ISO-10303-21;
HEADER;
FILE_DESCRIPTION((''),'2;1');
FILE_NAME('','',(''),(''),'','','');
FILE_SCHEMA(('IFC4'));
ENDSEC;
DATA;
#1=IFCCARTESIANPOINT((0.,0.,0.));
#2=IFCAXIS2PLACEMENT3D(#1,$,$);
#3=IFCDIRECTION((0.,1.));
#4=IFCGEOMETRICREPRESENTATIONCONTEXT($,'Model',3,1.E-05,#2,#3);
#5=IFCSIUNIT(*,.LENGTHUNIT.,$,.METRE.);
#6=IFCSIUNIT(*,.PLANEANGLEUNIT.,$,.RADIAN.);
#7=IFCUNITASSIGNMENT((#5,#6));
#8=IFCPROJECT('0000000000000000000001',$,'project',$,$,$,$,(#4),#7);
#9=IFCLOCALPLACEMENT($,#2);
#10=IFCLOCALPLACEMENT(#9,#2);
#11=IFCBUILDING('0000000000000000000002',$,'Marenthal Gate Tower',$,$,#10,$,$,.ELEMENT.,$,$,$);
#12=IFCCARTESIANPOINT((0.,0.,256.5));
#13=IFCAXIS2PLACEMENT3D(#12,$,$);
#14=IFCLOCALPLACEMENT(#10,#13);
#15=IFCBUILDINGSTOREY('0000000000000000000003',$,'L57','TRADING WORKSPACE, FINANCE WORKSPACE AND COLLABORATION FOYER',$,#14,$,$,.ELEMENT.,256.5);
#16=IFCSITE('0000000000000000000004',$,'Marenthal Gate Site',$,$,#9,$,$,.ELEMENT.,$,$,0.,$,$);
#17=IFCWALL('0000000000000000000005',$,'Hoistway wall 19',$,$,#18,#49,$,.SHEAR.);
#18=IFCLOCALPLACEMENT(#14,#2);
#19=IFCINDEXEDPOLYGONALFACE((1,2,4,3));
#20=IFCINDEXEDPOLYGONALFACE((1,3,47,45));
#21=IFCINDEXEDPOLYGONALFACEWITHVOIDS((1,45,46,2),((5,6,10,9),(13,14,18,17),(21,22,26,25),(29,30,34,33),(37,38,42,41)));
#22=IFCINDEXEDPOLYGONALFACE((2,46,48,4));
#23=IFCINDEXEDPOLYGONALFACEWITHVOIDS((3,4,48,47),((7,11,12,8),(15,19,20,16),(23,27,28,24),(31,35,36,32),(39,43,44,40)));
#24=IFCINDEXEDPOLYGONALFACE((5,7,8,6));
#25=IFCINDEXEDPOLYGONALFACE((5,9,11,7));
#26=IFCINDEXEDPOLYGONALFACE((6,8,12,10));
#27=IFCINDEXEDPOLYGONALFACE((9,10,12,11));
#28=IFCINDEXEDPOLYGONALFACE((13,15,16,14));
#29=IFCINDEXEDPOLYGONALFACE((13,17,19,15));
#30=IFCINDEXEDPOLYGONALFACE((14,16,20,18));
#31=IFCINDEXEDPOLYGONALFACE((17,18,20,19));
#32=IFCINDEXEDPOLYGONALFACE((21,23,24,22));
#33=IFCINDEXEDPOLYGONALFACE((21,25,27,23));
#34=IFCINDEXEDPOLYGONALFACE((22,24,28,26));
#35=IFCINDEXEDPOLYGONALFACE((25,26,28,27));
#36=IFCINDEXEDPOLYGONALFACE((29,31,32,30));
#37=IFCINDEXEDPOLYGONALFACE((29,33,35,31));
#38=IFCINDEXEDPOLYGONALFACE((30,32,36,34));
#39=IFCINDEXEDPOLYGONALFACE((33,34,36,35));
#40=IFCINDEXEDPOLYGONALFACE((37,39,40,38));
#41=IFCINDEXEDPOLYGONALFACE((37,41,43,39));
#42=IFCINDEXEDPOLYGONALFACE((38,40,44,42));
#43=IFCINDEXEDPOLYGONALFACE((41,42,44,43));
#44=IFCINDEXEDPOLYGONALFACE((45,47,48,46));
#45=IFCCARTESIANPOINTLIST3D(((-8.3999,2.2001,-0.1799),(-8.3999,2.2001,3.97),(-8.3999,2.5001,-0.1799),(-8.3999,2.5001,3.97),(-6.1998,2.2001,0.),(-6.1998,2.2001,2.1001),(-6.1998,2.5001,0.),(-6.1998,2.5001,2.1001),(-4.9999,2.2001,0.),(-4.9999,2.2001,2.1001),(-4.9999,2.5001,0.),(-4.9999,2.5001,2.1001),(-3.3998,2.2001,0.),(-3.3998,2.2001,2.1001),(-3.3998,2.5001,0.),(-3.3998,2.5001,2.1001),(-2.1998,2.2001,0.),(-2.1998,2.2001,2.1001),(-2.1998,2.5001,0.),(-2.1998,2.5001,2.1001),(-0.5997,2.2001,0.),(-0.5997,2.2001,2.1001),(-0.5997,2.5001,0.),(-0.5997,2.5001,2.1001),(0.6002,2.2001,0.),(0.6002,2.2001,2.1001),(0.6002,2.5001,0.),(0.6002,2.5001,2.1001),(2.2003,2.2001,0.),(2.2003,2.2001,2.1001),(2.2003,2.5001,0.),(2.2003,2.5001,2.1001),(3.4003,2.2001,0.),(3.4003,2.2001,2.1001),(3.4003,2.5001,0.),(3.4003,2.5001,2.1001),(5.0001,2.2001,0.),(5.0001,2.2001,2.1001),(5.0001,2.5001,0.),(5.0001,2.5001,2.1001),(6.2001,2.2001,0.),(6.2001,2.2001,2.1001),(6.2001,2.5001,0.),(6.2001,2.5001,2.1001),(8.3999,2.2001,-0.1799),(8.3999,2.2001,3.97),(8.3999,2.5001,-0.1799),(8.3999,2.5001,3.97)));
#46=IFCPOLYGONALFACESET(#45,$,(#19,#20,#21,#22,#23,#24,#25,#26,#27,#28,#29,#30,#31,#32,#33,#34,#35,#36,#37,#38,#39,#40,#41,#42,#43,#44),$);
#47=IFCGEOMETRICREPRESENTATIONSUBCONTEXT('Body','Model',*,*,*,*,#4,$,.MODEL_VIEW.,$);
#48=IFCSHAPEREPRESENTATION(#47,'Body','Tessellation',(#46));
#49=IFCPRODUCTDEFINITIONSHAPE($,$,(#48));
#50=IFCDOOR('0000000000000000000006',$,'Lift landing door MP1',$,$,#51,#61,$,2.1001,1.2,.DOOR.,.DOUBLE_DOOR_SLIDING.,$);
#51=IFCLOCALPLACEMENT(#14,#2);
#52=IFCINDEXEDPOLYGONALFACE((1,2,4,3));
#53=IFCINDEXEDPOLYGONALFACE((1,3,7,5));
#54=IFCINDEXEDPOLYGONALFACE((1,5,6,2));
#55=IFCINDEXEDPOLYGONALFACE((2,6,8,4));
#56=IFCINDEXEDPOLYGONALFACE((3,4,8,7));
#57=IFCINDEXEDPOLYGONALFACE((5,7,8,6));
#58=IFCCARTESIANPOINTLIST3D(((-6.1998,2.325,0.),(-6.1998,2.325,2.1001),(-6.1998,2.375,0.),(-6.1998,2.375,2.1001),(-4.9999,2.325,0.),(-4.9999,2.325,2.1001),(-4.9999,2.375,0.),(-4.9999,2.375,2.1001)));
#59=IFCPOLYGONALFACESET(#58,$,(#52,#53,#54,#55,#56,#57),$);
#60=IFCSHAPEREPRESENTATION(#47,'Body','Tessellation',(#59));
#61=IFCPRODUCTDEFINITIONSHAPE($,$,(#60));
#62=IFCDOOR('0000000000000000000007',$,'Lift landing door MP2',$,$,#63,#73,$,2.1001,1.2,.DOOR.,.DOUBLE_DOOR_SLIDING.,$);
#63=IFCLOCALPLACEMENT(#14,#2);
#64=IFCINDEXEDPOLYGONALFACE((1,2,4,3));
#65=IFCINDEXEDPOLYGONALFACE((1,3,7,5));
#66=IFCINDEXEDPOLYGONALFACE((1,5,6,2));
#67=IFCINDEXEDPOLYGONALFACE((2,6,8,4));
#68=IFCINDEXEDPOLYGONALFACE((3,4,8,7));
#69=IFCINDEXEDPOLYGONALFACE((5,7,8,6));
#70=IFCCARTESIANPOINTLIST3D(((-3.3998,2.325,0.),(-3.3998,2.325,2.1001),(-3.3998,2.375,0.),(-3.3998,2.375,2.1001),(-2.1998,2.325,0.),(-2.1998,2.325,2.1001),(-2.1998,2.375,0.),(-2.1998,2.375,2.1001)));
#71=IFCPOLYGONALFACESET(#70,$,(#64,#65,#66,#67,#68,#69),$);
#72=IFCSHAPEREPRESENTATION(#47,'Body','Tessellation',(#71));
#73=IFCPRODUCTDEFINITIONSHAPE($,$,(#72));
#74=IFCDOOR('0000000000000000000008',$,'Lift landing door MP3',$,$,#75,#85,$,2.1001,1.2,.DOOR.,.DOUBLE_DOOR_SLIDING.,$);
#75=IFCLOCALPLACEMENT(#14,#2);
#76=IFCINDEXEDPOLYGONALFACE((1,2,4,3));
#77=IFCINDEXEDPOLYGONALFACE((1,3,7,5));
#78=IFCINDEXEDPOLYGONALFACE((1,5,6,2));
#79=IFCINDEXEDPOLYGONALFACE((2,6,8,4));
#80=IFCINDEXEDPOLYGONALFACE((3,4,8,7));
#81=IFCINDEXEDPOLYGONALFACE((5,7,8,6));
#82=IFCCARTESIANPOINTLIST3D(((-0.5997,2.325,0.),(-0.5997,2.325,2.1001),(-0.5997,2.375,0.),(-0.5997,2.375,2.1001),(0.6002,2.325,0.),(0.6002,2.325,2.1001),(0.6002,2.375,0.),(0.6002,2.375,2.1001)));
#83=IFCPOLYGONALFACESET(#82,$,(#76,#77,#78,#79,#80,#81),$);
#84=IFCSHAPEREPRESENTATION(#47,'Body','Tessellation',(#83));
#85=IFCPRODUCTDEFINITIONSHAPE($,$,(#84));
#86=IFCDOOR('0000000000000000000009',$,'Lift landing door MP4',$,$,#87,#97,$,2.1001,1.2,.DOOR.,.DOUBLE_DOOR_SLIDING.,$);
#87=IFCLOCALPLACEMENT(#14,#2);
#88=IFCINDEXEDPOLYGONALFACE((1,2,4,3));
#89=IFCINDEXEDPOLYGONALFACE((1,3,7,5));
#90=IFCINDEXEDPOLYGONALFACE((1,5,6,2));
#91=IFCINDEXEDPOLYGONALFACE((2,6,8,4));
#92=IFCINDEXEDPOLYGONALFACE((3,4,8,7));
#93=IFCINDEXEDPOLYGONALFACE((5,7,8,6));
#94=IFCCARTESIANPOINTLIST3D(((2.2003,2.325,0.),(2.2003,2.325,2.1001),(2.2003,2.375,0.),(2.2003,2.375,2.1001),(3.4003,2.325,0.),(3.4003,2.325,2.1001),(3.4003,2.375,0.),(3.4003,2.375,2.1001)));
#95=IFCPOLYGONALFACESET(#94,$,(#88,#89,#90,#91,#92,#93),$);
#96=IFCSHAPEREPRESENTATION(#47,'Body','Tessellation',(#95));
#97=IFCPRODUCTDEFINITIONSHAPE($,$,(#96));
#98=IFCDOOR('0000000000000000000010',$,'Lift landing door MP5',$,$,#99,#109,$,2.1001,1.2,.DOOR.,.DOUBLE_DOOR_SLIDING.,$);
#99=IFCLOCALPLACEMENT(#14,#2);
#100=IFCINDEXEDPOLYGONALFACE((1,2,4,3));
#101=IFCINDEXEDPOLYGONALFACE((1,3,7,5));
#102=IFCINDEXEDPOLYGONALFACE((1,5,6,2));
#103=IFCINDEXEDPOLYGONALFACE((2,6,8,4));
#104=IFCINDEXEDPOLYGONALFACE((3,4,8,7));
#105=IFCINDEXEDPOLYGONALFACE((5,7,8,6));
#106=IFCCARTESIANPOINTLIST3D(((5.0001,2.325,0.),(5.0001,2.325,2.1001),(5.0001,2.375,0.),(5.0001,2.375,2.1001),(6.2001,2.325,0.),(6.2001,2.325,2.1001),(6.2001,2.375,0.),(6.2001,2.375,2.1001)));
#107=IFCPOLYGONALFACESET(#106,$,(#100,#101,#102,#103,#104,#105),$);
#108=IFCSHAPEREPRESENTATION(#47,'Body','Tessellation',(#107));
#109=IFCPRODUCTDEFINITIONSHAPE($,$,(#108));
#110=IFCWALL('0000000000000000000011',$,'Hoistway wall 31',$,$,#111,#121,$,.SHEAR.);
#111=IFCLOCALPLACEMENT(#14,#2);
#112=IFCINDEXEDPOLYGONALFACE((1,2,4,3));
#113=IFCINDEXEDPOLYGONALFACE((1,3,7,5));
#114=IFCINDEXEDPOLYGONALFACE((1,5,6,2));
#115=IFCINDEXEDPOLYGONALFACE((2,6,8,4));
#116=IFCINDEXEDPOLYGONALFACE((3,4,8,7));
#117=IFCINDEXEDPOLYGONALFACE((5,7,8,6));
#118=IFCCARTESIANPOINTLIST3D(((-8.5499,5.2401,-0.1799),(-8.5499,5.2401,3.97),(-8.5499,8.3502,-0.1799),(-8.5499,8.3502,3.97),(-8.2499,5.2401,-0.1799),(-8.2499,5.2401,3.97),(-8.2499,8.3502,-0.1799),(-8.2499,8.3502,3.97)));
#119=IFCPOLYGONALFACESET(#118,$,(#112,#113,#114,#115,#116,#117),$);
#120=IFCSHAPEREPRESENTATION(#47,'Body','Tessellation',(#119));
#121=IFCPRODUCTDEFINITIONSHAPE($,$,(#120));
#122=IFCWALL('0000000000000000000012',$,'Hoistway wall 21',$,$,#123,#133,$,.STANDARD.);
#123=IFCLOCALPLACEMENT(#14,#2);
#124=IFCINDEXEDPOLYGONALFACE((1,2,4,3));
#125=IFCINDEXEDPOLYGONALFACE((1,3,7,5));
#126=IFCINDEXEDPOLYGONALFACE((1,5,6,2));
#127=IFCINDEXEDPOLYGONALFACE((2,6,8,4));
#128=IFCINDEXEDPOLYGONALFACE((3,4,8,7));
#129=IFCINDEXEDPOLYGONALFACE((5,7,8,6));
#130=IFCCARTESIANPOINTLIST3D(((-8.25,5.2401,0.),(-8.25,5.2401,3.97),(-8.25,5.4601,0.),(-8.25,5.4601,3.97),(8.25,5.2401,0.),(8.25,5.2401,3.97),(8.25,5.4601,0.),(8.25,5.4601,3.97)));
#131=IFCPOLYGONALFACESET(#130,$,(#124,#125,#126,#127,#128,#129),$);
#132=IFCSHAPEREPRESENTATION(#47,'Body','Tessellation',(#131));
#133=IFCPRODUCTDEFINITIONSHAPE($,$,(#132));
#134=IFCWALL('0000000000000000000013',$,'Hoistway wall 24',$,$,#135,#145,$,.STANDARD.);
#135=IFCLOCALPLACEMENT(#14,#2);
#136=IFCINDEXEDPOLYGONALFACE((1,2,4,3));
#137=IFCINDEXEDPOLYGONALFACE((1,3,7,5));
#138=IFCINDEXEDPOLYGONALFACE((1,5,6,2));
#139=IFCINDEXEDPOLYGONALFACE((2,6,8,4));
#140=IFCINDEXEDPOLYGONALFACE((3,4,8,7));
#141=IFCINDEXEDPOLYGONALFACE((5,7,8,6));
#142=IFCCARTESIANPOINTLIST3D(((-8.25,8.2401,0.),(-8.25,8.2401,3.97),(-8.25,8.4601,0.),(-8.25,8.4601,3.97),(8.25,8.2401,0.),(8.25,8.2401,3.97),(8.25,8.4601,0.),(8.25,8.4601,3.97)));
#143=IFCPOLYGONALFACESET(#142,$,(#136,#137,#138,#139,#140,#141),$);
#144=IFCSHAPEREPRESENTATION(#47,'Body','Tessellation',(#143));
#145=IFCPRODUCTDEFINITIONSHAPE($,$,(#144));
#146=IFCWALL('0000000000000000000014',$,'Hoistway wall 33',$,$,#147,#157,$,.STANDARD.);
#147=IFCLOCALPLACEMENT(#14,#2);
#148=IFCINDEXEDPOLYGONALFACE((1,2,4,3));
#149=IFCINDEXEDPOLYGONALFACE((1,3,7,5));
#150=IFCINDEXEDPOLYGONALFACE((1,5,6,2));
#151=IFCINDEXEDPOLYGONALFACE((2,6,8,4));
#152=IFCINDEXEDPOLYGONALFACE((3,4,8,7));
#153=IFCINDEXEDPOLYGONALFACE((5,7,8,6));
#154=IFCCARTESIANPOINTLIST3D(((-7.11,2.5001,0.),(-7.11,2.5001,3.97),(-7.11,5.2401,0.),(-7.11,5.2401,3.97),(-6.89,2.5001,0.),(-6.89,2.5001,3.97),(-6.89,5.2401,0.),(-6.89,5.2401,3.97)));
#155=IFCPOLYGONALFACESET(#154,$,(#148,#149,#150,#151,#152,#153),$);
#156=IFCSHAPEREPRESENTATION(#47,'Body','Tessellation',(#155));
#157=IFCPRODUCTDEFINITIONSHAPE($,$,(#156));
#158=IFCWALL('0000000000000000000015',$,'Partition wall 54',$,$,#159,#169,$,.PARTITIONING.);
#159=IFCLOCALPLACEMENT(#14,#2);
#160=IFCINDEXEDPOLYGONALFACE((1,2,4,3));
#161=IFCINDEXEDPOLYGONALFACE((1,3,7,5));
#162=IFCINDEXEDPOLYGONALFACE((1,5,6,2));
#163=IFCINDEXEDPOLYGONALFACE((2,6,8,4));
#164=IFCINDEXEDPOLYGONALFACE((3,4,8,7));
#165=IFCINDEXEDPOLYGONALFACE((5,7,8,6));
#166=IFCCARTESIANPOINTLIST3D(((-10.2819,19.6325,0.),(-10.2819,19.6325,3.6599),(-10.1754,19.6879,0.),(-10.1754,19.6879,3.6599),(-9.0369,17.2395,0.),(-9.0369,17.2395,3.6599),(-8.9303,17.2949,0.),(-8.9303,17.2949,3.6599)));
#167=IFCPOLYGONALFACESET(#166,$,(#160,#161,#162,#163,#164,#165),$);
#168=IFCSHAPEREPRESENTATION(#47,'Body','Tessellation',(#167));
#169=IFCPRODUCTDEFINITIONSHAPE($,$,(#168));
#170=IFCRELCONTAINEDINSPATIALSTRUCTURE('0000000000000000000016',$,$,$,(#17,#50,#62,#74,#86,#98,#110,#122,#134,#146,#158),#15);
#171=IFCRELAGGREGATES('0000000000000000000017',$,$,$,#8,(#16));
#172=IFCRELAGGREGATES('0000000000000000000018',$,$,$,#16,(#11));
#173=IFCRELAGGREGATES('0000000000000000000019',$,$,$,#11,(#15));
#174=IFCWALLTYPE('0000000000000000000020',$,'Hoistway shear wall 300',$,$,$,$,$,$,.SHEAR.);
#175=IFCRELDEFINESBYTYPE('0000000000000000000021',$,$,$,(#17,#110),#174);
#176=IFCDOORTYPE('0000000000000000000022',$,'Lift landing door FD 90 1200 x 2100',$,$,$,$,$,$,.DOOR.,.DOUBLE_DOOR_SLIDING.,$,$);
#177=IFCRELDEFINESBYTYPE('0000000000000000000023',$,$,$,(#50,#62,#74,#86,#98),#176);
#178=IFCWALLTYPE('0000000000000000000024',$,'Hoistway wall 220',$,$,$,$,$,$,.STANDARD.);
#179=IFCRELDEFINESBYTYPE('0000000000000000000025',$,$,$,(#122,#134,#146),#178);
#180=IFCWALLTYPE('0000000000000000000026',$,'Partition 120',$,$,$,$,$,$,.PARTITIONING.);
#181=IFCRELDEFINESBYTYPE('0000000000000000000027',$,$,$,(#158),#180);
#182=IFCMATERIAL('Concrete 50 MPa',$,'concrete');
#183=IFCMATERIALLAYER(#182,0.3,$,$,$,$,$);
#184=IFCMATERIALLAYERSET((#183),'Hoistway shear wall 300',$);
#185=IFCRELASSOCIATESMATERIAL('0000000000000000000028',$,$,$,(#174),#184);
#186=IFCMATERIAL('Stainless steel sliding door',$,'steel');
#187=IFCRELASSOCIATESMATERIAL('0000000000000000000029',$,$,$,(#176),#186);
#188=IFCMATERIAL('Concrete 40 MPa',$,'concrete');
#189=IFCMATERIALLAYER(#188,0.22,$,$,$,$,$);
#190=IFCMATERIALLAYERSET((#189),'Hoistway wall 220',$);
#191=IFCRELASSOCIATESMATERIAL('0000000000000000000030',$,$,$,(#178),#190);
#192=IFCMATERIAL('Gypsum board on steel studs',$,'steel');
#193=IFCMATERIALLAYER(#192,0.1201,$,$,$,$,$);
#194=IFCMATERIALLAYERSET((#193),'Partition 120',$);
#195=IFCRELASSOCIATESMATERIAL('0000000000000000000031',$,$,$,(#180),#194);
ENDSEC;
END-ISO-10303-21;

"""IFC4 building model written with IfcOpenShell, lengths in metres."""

from ifc_helpers import new_model, si_unit, direction, frame, frame_2d, origin, place, context, subcontext, project, spatial, rectangle, extrude, material, layer, layer_set, type_object, element, fill, save


model = new_model("IFC4")

# Units and contexts
model_context = context("Model", 3, precision=1e-05, world=origin(), true_north=direction((0.0, 1.0)))
body_context = subcontext(model_context, "Body", "Model", "MODEL_VIEW")
ifc_project = project(units=[si_unit("LENGTHUNIT", "METRE"), si_unit("PLANEANGLEUNIT", "RADIAN")], contexts=[model_context])

# Site, building, storey
site_placement = place(None, origin())
site = spatial("IfcSite", under=ifc_project, at=site_placement, Name="Marenthal Gate Site", CompositionType="ELEMENT", RefElevation=0.0)
building_placement = place(site_placement, origin())
building = spatial("IfcBuilding", under=site, at=building_placement, Name="Marenthal Gate Tower", CompositionType="ELEMENT")
storey_placement = place(building_placement, frame((0.0, 0.0, 256.5)))
storey = spatial("IfcBuildingStorey", under=building, at=storey_placement, Name="L57", Description="TRADING WORKSPACE, FINANCE WORKSPACE AND COLLABORATION FOYER", CompositionType="ELEMENT", Elevation=256.5)

# Wall, openings, doors
ifc_material_1 = material(Name="Concrete 50 MPa", Category="concrete")
ifc_layer_1 = layer(ifc_material_1, 0.3)
ifc_layer_set_1 = layer_set([ifc_layer_1], Name="Hoistway shear wall 300")
wall_type_1 = type_object("IfcWallType", Name="Hoistway shear wall 300", PredefinedType="SHEAR", material=ifc_layer_set_1)
wall_1_placement = place(storey_placement, frame((-8.3999, 2.3501, -0.1799), z_axis=(0.0, 0.0, 1.0), x_axis=(1.0, 0.0, 0.0)))
wall_1 = element("IfcWall", 1, at=wall_1_placement, inside=storey, type_object=wall_type_1, Name="Hoistway wall 19", PredefinedType="SHEAR", context=body_context, shape_type="SweptSolid", body=[
    extrude(rectangle(XDim=16.7998, YDim=0.3, at=frame_2d((8.3999, 0.0))), origin(), (0.0, 0.0, 1.0), 4.1499),
])
opening_1_placement = place(wall_1_placement, frame((2.2, 0.0, 0.1799)))
opening_1 = element("IfcOpeningElement", 2, at=opening_1_placement, cuts=wall_1, PredefinedType="OPENING", context=body_context, shape_type="SweptSolid", body=[
    extrude(rectangle(XDim=1.2, YDim=2.1001, at=frame_2d((0.6001, 1.05))), frame((0.0, 0.1602, 0.0), z_axis=(0.0, -1.0, 0.0), x_axis=(1.0, 0.0, 0.0)), (0.0, 0.0, 1.0), 0.3201),
])
opening_2_placement = place(wall_1_placement, frame((5.0, 0.0, 0.1799)))
opening_2 = element("IfcOpeningElement", 3, at=opening_2_placement, cuts=wall_1, PredefinedType="OPENING", context=body_context, shape_type="SweptSolid", body=[
    extrude(rectangle(XDim=1.2, YDim=2.1001, at=frame_2d((0.6001, 1.05))), frame((0.0, 0.1602, 0.0), z_axis=(0.0, -1.0, 0.0), x_axis=(1.0, 0.0, 0.0)), (0.0, 0.0, 1.0), 0.3201),
])
opening_3_placement = place(wall_1_placement, frame((7.8, 0.0, 0.1799)))
opening_3 = element("IfcOpeningElement", 4, at=opening_3_placement, cuts=wall_1, PredefinedType="OPENING", context=body_context, shape_type="SweptSolid", body=[
    extrude(rectangle(XDim=1.2, YDim=2.1001, at=frame_2d((0.6001, 1.05))), frame((0.0, 0.1602, 0.0), z_axis=(0.0, -1.0, 0.0), x_axis=(1.0, 0.0, 0.0)), (0.0, 0.0, 1.0), 0.3201),
])
opening_4_placement = place(wall_1_placement, frame((10.6001, 0.0, 0.1799)))
opening_4 = element("IfcOpeningElement", 5, at=opening_4_placement, cuts=wall_1, PredefinedType="OPENING", context=body_context, shape_type="SweptSolid", body=[
    extrude(rectangle(XDim=1.2, YDim=2.1001, at=frame_2d((0.6001, 1.05))), frame((0.0, 0.1602, 0.0), z_axis=(0.0, -1.0, 0.0), x_axis=(1.0, 0.0, 0.0)), (0.0, 0.0, 1.0), 0.3201),
])
opening_5_placement = place(wall_1_placement, frame((13.3999, 0.0, 0.1799)))
opening_5 = element("IfcOpeningElement", 6, at=opening_5_placement, cuts=wall_1, PredefinedType="OPENING", context=body_context, shape_type="SweptSolid", body=[
    extrude(rectangle(XDim=1.2, YDim=2.1001, at=frame_2d((0.6001, 1.05))), frame((0.0, 0.1602, 0.0), z_axis=(0.0, -1.0, 0.0), x_axis=(1.0, 0.0, 0.0)), (0.0, 0.0, 1.0), 0.3201),
])
ifc_material_2 = material(Name="Stainless steel sliding door", Category="steel")
door_type = type_object("IfcDoorType", Name="Lift landing door FD 90 1200 x 2100", OperationType="DOUBLE_DOOR_SLIDING", PredefinedType="DOOR", material=ifc_material_2)
door_1_placement = place(opening_1_placement, origin())
door_1 = element("IfcDoor", 7, at=door_1_placement, inside=storey, type_object=door_type, Name="Lift landing door MP1", OperationType="DOUBLE_DOOR_SLIDING", OverallHeight=2.1001, OverallWidth=1.2, PredefinedType="DOOR", context=body_context, shape_type="SweptSolid", body=[
    extrude(rectangle(XDim=1.2, YDim=2.1001, at=frame_2d((0.6001, 1.05))), frame((0.0, 0.0249, 0.0), z_axis=(0.0, -1.0, 0.0), x_axis=(1.0, 0.0, 0.0)), (0.0, 0.0, 1.0), 0.05),
])
fill(opening_1, door_1)
door_2_placement = place(opening_2_placement, origin())
door_2 = element("IfcDoor", 8, at=door_2_placement, inside=storey, type_object=door_type, Name="Lift landing door MP2", OperationType="DOUBLE_DOOR_SLIDING", OverallHeight=2.1001, OverallWidth=1.2, PredefinedType="DOOR", context=body_context, shape_type="SweptSolid", body=[
    extrude(rectangle(XDim=1.2, YDim=2.1001, at=frame_2d((0.6001, 1.05))), frame((0.0, 0.0249, 0.0), z_axis=(0.0, -1.0, 0.0), x_axis=(1.0, 0.0, 0.0)), (0.0, 0.0, 1.0), 0.05),
])
fill(opening_2, door_2)
door_3_placement = place(opening_3_placement, origin())
door_3 = element("IfcDoor", 9, at=door_3_placement, inside=storey, type_object=door_type, Name="Lift landing door MP3", OperationType="DOUBLE_DOOR_SLIDING", OverallHeight=2.1001, OverallWidth=1.2, PredefinedType="DOOR", context=body_context, shape_type="SweptSolid", body=[
    extrude(rectangle(XDim=1.2, YDim=2.1001, at=frame_2d((0.6001, 1.05))), frame((0.0, 0.0249, 0.0), z_axis=(0.0, -1.0, 0.0), x_axis=(1.0, 0.0, 0.0)), (0.0, 0.0, 1.0), 0.05),
])
fill(opening_3, door_3)
door_4_placement = place(opening_4_placement, origin())
door_4 = element("IfcDoor", 10, at=door_4_placement, inside=storey, type_object=door_type, Name="Lift landing door MP4", OperationType="DOUBLE_DOOR_SLIDING", OverallHeight=2.1001, OverallWidth=1.2, PredefinedType="DOOR", context=body_context, shape_type="SweptSolid", body=[
    extrude(rectangle(XDim=1.2, YDim=2.1001, at=frame_2d((0.6001, 1.05))), frame((0.0, 0.0249, 0.0), z_axis=(0.0, -1.0, 0.0), x_axis=(1.0, 0.0, 0.0)), (0.0, 0.0, 1.0), 0.05),
])
fill(opening_4, door_4)
door_5_placement = place(opening_5_placement, origin())
door_5 = element("IfcDoor", 11, at=door_5_placement, inside=storey, type_object=door_type, Name="Lift landing door MP5", OperationType="DOUBLE_DOOR_SLIDING", OverallHeight=2.1001, OverallWidth=1.2, PredefinedType="DOOR", context=body_context, shape_type="SweptSolid", body=[
    extrude(rectangle(XDim=1.2, YDim=2.1001, at=frame_2d((0.6001, 1.05))), frame((0.0, 0.0249, 0.0), z_axis=(0.0, -1.0, 0.0), x_axis=(1.0, 0.0, 0.0)), (0.0, 0.0, 1.0), 0.05),
])
fill(opening_5, door_5)

# Walls
wall_2_placement = place(storey_placement, frame((-8.3999, 5.24, -0.1799), z_axis=(0.0, 0.0, 1.0), x_axis=(0.0, 1.0, 0.0)))
element("IfcWall", 12, at=wall_2_placement, inside=storey, type_object=wall_type_1, Name="Hoistway wall 31", PredefinedType="SHEAR", context=body_context, shape_type="SweptSolid", body=[
    extrude(rectangle(XDim=3.1101, YDim=0.3, at=frame_2d((1.5552, 0.0))), origin(), (0.0, 0.0, 1.0), 4.1499),
])
ifc_material_3 = material(Name="Concrete 40 MPa", Category="concrete")
ifc_layer_2 = layer(ifc_material_3, 0.22)
ifc_layer_set_2 = layer_set([ifc_layer_2], Name="Hoistway wall 220")
wall_type_2 = type_object("IfcWallType", Name="Hoistway wall 220", PredefinedType="STANDARD", material=ifc_layer_set_2)
for number, where, z_axis, x_axis, name in (
    (13, (-8.25, 5.3501, 0.0), (0.0, 0.0, 1.0), (1.0, 0.0, 0.0), "Hoistway wall 21"),
    (14, (-8.25, 8.3501, 0.0), (0.0, 0.0, 1.0), (1.0, 0.0, 0.0), "Hoistway wall 24"),
):
    element("IfcWall", number, at=place(storey_placement, frame(where, z_axis=z_axis, x_axis=x_axis)), inside=storey, type_object=wall_type_2, Name=name, PredefinedType="STANDARD", context=body_context, shape_type="SweptSolid", body=[
        extrude(rectangle(XDim=16.5, YDim=0.22, at=frame_2d((8.25, 0.0))), origin(), (0.0, 0.0, 1.0), 3.97),
    ])
wall_3_placement = place(storey_placement, frame((-7.0, 2.5, 0.0), z_axis=(0.0, 0.0, 1.0), x_axis=(0.0, 1.0, 0.0)))
element("IfcWall", 15, at=wall_3_placement, inside=storey, type_object=wall_type_2, Name="Hoistway wall 33", PredefinedType="STANDARD", context=body_context, shape_type="SweptSolid", body=[
    extrude(rectangle(XDim=2.74, YDim=0.22, at=frame_2d((1.3701, 0.0))), origin(), (0.0, 0.0, 1.0), 3.97),
])
ifc_material_4 = material(Name="Gypsum board on steel studs", Category="steel")
ifc_layer_3 = layer(ifc_material_4, 0.1201)
ifc_layer_set_3 = layer_set([ifc_layer_3], Name="Partition 120")
wall_type_3 = type_object("IfcWallType", Name="Partition 120", PredefinedType="PARTITIONING", material=ifc_layer_set_3)
wall_4_placement = place(storey_placement, frame((-8.9836, 17.2673, 0.0), z_axis=(0.0, 0.0, 1.0), x_axis=(-0.461564, 0.887107, 0.0)))
element("IfcWall", 16, at=wall_4_placement, inside=storey, type_object=wall_type_3, Name="Partition wall 54", PredefinedType="PARTITIONING", context=body_context, shape_type="SweptSolid", body=[
    extrude(rectangle(XDim=2.6975, YDim=0.1201, at=frame_2d((1.3486, 0.0))), origin(), (0.0, 0.0, 1.0), 3.6599),
])

save(model, "model.ifc")
